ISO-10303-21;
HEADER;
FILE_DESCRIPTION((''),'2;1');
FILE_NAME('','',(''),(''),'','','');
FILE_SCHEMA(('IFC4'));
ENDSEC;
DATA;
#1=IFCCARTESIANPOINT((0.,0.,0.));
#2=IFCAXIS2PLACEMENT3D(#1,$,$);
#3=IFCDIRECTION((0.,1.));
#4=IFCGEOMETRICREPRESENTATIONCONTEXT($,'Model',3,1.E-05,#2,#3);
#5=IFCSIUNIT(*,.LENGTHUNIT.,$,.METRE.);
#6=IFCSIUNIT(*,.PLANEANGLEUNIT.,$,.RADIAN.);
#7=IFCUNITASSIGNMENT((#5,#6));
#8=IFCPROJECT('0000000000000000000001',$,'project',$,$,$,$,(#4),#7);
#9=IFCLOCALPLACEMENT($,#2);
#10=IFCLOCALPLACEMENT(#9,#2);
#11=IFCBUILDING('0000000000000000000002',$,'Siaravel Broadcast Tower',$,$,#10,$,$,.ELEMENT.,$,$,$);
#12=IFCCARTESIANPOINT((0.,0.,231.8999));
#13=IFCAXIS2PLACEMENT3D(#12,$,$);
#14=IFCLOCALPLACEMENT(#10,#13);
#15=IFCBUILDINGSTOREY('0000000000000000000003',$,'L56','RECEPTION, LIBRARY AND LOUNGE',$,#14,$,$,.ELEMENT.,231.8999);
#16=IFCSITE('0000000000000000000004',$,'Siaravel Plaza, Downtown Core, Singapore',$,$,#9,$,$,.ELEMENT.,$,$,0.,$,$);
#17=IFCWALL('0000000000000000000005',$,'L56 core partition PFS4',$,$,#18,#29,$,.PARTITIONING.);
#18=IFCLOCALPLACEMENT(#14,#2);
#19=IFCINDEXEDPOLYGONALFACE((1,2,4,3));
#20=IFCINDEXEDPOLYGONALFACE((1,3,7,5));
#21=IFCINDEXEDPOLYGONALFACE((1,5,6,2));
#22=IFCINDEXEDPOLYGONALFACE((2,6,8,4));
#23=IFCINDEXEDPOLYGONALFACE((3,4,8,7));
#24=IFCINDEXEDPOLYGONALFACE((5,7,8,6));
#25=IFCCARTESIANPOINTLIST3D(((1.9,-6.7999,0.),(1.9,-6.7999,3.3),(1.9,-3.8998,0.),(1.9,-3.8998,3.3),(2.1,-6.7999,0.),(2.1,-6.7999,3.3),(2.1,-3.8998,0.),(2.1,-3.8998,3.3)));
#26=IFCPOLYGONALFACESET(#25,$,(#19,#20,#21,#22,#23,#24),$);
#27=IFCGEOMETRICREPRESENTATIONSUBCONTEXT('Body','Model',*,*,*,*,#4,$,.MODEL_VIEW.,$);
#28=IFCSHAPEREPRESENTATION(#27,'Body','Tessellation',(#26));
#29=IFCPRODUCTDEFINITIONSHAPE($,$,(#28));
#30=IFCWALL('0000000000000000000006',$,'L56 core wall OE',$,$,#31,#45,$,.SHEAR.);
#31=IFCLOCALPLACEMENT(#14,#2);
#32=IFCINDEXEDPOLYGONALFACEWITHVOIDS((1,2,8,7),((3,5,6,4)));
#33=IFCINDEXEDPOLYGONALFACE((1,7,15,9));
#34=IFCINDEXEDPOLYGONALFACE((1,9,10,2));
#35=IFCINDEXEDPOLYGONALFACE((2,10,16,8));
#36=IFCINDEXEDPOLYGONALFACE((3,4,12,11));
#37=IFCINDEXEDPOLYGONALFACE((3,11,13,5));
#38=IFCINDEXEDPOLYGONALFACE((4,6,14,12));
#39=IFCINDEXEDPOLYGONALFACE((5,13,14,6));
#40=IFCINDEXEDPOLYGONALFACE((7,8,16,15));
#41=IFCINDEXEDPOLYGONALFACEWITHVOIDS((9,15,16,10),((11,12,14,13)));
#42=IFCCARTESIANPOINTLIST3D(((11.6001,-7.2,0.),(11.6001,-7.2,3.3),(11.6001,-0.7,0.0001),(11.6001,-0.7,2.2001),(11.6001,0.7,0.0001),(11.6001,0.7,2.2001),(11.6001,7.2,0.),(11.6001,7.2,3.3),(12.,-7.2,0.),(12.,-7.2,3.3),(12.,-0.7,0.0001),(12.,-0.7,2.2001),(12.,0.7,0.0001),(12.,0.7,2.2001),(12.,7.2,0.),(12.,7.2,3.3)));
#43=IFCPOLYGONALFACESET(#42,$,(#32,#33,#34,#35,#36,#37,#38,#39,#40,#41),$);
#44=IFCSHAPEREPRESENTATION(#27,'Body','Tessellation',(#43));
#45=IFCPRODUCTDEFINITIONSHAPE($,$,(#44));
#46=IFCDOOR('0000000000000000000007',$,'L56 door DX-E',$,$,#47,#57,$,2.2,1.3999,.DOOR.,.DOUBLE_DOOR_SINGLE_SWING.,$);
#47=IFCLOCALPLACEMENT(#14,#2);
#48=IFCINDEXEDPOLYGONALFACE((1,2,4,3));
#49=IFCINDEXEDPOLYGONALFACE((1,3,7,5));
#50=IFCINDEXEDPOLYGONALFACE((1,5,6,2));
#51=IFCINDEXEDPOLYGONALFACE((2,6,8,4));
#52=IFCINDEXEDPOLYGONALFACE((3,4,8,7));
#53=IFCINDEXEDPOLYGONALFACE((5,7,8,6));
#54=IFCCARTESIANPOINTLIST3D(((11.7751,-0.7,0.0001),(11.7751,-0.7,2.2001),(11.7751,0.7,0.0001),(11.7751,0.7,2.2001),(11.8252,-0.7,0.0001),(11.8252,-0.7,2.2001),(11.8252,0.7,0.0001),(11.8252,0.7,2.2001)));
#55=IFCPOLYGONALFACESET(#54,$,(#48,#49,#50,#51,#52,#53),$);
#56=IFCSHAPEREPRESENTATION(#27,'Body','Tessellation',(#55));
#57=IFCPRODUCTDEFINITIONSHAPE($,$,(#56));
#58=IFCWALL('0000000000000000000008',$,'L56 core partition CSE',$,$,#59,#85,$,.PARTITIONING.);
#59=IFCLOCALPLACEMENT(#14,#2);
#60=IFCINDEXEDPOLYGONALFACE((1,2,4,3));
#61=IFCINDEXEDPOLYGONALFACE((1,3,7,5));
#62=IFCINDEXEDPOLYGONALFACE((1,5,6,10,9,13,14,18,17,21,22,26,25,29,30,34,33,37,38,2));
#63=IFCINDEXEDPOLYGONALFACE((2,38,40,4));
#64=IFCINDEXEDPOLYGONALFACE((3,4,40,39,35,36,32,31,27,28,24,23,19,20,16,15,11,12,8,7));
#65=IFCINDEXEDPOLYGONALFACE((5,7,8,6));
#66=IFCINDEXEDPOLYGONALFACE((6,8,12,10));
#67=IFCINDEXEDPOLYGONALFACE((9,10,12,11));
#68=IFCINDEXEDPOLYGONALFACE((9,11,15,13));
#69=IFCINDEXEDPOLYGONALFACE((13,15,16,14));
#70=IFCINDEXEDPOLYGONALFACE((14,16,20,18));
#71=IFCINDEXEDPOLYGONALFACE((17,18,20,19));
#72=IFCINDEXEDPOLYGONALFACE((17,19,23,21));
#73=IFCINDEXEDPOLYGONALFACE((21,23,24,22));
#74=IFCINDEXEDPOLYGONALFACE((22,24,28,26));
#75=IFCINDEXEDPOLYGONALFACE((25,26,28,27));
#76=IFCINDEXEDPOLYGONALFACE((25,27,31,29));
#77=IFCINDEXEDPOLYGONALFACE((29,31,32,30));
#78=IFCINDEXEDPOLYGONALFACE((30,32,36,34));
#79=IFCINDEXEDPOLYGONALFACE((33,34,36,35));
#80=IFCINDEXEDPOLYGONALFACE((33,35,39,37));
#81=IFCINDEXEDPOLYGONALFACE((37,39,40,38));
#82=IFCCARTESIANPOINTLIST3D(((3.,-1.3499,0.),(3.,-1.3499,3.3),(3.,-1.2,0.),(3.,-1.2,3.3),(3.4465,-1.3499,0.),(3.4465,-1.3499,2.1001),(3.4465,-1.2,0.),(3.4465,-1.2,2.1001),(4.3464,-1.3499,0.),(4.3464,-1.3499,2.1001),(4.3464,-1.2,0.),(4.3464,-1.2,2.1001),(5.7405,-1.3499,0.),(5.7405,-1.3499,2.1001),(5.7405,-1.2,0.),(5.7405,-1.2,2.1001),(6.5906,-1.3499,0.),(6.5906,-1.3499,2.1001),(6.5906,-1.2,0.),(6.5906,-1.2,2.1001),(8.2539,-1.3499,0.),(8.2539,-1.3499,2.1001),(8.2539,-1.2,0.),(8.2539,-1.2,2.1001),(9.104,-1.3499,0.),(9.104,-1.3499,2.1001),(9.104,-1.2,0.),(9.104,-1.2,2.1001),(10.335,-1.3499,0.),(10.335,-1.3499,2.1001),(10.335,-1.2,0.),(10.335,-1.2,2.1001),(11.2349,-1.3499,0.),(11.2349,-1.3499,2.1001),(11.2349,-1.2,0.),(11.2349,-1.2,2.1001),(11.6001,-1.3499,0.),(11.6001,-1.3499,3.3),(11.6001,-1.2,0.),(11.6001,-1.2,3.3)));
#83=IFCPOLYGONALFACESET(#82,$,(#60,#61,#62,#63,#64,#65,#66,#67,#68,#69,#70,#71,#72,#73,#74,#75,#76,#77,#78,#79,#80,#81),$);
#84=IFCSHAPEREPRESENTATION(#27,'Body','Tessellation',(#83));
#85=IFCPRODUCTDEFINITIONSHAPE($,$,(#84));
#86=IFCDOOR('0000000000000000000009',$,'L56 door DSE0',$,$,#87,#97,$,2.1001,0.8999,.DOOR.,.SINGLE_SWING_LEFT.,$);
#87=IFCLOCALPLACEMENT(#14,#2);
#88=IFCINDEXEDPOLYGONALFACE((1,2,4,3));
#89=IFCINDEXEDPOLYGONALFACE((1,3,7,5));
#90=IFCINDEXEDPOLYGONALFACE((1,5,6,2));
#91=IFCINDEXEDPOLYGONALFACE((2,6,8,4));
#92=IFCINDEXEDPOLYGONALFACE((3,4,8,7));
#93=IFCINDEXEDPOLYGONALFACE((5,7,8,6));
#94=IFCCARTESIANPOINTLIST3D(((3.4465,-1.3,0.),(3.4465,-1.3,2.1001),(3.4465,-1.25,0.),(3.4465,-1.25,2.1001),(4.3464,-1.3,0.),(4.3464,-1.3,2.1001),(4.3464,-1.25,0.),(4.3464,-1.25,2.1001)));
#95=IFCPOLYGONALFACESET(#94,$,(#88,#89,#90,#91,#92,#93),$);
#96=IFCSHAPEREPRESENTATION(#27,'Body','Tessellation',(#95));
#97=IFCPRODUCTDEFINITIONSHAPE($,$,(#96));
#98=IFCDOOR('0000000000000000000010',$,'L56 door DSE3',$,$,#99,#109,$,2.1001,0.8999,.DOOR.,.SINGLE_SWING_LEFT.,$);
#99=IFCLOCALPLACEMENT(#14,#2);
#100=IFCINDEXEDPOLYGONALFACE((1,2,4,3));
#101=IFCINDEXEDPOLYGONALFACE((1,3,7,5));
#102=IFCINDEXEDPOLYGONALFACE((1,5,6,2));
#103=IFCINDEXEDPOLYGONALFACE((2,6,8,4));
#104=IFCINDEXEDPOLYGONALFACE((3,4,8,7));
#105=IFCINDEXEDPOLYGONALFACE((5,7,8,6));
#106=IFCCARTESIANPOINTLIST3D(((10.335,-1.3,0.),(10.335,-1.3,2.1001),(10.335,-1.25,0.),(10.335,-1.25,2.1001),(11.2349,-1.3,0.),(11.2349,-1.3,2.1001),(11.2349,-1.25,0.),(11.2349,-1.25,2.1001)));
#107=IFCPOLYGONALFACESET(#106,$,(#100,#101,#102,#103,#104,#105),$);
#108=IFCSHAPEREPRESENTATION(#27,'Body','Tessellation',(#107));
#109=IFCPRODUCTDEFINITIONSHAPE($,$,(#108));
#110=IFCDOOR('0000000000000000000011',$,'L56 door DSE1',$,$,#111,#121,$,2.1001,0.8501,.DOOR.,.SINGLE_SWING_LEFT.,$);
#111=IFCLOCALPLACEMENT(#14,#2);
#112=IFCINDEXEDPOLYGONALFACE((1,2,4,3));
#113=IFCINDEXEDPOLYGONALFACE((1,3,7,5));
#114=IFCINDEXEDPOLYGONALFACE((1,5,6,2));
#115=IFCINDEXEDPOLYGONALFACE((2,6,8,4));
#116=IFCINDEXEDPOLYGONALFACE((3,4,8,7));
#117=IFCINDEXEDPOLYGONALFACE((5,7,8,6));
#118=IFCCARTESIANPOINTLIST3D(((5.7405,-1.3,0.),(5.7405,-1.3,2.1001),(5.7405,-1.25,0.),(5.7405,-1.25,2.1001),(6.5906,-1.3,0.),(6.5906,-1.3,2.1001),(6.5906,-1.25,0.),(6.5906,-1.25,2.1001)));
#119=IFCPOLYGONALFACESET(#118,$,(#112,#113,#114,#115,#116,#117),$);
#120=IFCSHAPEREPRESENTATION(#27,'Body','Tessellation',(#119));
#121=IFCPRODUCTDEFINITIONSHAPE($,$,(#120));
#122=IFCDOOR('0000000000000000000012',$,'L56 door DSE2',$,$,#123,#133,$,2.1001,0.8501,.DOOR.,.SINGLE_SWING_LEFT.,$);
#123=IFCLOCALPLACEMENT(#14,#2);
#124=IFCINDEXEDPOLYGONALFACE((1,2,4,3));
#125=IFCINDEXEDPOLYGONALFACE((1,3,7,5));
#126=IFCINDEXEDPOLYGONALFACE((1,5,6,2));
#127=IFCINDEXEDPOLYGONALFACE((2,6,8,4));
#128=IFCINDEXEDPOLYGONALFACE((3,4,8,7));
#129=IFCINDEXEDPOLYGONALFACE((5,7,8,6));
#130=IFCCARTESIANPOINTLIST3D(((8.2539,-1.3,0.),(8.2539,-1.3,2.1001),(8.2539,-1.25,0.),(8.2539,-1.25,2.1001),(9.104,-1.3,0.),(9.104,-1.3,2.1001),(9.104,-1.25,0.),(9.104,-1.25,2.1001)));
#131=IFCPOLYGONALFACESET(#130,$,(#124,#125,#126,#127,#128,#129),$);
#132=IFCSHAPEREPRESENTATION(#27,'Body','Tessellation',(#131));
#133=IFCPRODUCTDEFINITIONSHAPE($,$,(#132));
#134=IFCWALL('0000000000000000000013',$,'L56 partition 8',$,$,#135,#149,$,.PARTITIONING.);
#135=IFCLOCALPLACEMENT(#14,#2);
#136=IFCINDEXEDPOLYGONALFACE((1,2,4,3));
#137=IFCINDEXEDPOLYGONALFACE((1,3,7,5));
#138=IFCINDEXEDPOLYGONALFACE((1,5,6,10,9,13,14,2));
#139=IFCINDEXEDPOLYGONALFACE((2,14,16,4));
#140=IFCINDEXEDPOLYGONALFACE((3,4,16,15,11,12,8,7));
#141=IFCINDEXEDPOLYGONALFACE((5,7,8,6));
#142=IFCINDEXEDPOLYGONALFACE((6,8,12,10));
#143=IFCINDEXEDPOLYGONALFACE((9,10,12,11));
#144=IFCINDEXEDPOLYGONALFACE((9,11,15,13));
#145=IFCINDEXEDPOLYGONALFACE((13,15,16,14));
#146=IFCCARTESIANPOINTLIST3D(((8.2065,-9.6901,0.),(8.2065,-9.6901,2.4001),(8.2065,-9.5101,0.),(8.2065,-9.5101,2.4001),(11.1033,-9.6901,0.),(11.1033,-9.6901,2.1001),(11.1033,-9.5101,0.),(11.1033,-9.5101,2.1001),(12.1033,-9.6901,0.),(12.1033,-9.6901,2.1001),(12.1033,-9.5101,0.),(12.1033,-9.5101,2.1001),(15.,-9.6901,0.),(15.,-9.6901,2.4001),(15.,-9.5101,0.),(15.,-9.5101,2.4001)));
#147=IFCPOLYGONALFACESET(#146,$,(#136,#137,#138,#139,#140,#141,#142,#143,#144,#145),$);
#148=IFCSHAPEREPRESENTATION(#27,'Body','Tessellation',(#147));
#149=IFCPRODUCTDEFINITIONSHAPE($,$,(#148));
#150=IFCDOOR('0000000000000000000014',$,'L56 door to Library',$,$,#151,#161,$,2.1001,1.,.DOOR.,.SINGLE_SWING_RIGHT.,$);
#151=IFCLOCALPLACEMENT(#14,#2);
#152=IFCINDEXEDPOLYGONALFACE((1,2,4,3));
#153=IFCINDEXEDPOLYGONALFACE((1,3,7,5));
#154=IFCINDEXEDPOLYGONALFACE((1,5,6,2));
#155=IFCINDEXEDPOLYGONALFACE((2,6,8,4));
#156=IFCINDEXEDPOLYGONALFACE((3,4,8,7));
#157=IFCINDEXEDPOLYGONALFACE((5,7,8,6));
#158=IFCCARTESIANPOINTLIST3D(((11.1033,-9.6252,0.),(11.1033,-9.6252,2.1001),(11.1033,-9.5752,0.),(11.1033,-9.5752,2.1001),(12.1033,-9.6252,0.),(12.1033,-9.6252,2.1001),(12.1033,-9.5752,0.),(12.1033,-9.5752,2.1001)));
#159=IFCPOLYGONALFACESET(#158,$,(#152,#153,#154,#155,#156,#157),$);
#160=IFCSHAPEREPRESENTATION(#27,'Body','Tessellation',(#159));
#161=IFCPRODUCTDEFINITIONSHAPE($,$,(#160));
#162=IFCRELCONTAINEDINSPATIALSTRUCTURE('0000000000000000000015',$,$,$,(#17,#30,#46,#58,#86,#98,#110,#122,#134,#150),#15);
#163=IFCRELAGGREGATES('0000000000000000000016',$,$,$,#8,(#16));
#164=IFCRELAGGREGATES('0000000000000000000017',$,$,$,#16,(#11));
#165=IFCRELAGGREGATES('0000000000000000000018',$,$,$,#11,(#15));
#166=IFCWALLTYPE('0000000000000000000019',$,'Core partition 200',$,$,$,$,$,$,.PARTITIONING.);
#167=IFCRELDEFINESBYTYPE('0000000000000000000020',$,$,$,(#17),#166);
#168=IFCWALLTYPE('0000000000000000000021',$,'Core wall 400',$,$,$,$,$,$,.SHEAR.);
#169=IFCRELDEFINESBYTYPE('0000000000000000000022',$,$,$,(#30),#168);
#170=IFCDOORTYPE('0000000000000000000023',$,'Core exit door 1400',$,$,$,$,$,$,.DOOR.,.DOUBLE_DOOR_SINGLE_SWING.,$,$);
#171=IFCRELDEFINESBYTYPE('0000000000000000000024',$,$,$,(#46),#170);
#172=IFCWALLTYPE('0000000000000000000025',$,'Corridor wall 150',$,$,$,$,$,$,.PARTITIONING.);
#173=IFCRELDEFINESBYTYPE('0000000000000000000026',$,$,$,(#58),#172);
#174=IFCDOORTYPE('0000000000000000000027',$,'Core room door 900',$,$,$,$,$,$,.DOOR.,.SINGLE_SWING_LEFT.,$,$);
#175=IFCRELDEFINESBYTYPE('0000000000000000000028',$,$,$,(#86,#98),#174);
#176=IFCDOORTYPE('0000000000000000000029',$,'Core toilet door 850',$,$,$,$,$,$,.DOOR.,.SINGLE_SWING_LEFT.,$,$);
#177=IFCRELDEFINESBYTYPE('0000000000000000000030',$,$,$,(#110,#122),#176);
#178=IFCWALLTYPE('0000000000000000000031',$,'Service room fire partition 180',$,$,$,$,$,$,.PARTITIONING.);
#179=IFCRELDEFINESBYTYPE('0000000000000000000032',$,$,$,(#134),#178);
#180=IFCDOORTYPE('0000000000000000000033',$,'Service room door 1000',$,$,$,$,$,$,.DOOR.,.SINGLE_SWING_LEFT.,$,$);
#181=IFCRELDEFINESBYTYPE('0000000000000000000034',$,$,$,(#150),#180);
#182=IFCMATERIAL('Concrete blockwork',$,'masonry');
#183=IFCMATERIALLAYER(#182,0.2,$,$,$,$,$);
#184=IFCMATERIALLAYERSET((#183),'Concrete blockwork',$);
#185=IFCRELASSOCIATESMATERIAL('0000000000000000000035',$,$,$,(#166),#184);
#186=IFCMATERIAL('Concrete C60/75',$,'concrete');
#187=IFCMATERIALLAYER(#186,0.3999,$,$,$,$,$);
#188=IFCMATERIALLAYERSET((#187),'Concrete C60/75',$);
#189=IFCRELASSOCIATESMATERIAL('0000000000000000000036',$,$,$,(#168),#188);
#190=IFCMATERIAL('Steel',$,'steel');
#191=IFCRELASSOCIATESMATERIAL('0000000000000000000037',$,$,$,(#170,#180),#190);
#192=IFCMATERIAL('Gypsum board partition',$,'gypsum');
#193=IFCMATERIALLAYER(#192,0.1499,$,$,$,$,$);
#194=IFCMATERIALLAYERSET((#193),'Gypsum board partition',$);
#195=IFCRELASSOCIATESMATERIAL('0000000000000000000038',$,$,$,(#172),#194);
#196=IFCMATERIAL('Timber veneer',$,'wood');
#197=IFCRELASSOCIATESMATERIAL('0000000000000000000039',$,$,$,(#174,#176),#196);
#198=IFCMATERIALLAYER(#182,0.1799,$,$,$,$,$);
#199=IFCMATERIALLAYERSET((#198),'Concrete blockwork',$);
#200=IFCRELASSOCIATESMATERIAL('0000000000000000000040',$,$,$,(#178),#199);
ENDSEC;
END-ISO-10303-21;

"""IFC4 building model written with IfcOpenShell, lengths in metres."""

from ifc_helpers import new_model, si_unit, direction, frame, frame_2d, origin, place, context, subcontext, project, spatial, rectangle, extrude, material, layer, layer_set, type_object, element, fill, save


model = new_model("IFC4")

# Units and contexts
model_context = context("Model", 3, precision=1e-05, world=origin(), true_north=direction((0.0, 1.0)))
body_context = subcontext(model_context, "Body", "Model", "MODEL_VIEW")
ifc_project = project(units=[si_unit("LENGTHUNIT", "METRE"), si_unit("PLANEANGLEUNIT", "RADIAN")], contexts=[model_context])

# Site, building, storey
site_placement = place(None, origin())
site = spatial("IfcSite", under=ifc_project, at=site_placement, Name="Siaravel Plaza, Downtown Core, Singapore", CompositionType="ELEMENT", RefElevation=0.0)
building_placement = place(site_placement, origin())
building = spatial("IfcBuilding", under=site, at=building_placement, Name="Siaravel Broadcast Tower", CompositionType="ELEMENT")
storey_placement = place(building_placement, frame((0.0, 0.0, 231.8999)))
storey = spatial("IfcBuildingStorey", under=building, at=storey_placement, Name="L56", Description="RECEPTION, LIBRARY AND LOUNGE", CompositionType="ELEMENT", Elevation=231.8999)

# Wall
ifc_material_1 = material(Name="Concrete blockwork", Category="masonry")
ifc_layer_1 = layer(ifc_material_1, 0.2)
ifc_layer_set_1 = layer_set([ifc_layer_1], Name="Concrete blockwork")
wall_type_1 = type_object("IfcWallType", Name="Core partition 200", PredefinedType="PARTITIONING", material=ifc_layer_set_1)
wall_1_placement = place(storey_placement, frame((2.0, -6.8, 0.0), z_axis=(0.0, 0.0, 1.0), x_axis=(0.0, 1.0, 0.0)))
element("IfcWall", 1, at=wall_1_placement, inside=storey, type_object=wall_type_1, Name="L56 core partition PFS4", PredefinedType="PARTITIONING", context=body_context, shape_type="SweptSolid", body=[
    extrude(rectangle(XDim=2.9001, YDim=0.2, at=frame_2d((1.4502, 0.0))), origin(), (0.0, 0.0, 1.0), 3.3),
])

# Wall, opening, door
ifc_material_2 = material(Name="Concrete C60/75", Category="concrete")
ifc_layer_2 = layer(ifc_material_2, 0.3999)
ifc_layer_set_2 = layer_set([ifc_layer_2], Name="Concrete C60/75")
wall_type_2 = type_object("IfcWallType", Name="Core wall 400", PredefinedType="SHEAR", material=ifc_layer_set_2)
wall_2_placement = place(storey_placement, frame((11.8, -7.2, 0.0), z_axis=(0.0, 0.0, 1.0), x_axis=(0.0, 1.0, 0.0)))
wall_2 = element("IfcWall", 2, at=wall_2_placement, inside=storey, type_object=wall_type_2, Name="L56 core wall OE", PredefinedType="SHEAR", context=body_context, shape_type="SweptSolid", body=[
    extrude(rectangle(XDim=14.3999, YDim=0.3999, at=frame_2d((7.2, 0.0))), origin(), (0.0, 0.0, 1.0), 3.3),
])
opening_1_placement = place(wall_2_placement, frame((6.5, 0.0, 0.0)))
opening_1 = element("IfcOpeningElement", 3, at=opening_1_placement, cuts=wall_2, PredefinedType="OPENING", context=body_context, shape_type="SweptSolid", body=[
    extrude(rectangle(XDim=1.3999, YDim=2.2, at=frame_2d((0.7, 1.1001))), frame((0.0, 0.21, 0.0), z_axis=(0.0, -1.0, 0.0), x_axis=(1.0, 0.0, 0.0)), (0.0, 0.0, 1.0), 0.4199),
])
ifc_material_3 = material(Name="Steel", Category="steel")
door_type_1 = type_object("IfcDoorType", Name="Core exit door 1400", OperationType="DOUBLE_DOOR_SINGLE_SWING", PredefinedType="DOOR", material=ifc_material_3)
door_1_placement = place(opening_1_placement, origin())
door_1 = element("IfcDoor", 4, at=door_1_placement, inside=storey, type_object=door_type_1, Name="L56 door DX-E", OperationType="DOUBLE_DOOR_SINGLE_SWING", OverallHeight=2.2, OverallWidth=1.3999, PredefinedType="DOOR", context=body_context, shape_type="SweptSolid", body=[
    extrude(rectangle(XDim=1.3999, YDim=2.2, at=frame_2d((0.7, 1.1001))), frame((0.0, 0.0249, 0.0), z_axis=(0.0, -1.0, 0.0), x_axis=(1.0, 0.0, 0.0)), (0.0, 0.0, 1.0), 0.05),
])
fill(opening_1, door_1)

# Wall, openings, doors
ifc_material_4 = material(Name="Gypsum board partition", Category="gypsum")
ifc_layer_3 = layer(ifc_material_4, 0.1499)
ifc_layer_set_3 = layer_set([ifc_layer_3], Name="Gypsum board partition")
wall_type_3 = type_object("IfcWallType", Name="Corridor wall 150", PredefinedType="PARTITIONING", material=ifc_layer_set_3)
wall_3_placement = place(storey_placement, frame((3.0, -1.2749, 0.0), z_axis=(0.0, 0.0, 1.0), x_axis=(1.0, 0.0, 0.0)))
wall_3 = element("IfcWall", 5, at=wall_3_placement, inside=storey, type_object=wall_type_3, Name="L56 core partition CSE", PredefinedType="PARTITIONING", context=body_context, shape_type="SweptSolid", body=[
    extrude(rectangle(XDim=8.6001, YDim=0.1499, at=frame_2d((4.3, 0.0))), origin(), (0.0, 0.0, 1.0), 3.3),
])
opening_2_placement = place(wall_3_placement, frame((0.4465, 0.0, 0.0)))
opening_2 = element("IfcOpeningElement", 6, at=opening_2_placement, cuts=wall_3, PredefinedType="OPENING", context=body_context, shape_type="SweptSolid", body=[
    extrude(rectangle(XDim=0.8999, YDim=2.1001, at=frame_2d((0.45, 1.05))), frame((0.0, 0.085, 0.0), z_axis=(0.0, -1.0, 0.0), x_axis=(1.0, 0.0, 0.0)), (0.0, 0.0, 1.0), 0.1699),
])
opening_3_placement = place(wall_3_placement, frame((2.7405, 0.0, 0.0)))
opening_3 = element("IfcOpeningElement", 7, at=opening_3_placement, cuts=wall_3, PredefinedType="OPENING", context=body_context, shape_type="SweptSolid", body=[
    extrude(rectangle(XDim=0.8501, YDim=2.1001, at=frame_2d((0.425, 1.05))), frame((0.0, 0.085, 0.0), z_axis=(0.0, -1.0, 0.0), x_axis=(1.0, 0.0, 0.0)), (0.0, 0.0, 1.0), 0.1699),
])
opening_4_placement = place(wall_3_placement, frame((5.2539, 0.0, 0.0)))
opening_4 = element("IfcOpeningElement", 8, at=opening_4_placement, cuts=wall_3, PredefinedType="OPENING", context=body_context, shape_type="SweptSolid", body=[
    extrude(rectangle(XDim=0.8501, YDim=2.1001, at=frame_2d((0.425, 1.05))), frame((0.0, 0.085, 0.0), z_axis=(0.0, -1.0, 0.0), x_axis=(1.0, 0.0, 0.0)), (0.0, 0.0, 1.0), 0.1699),
])
opening_5_placement = place(wall_3_placement, frame((7.335, 0.0, 0.0)))
opening_5 = element("IfcOpeningElement", 9, at=opening_5_placement, cuts=wall_3, PredefinedType="OPENING", context=body_context, shape_type="SweptSolid", body=[
    extrude(rectangle(XDim=0.8999, YDim=2.1001, at=frame_2d((0.45, 1.05))), frame((0.0, 0.085, 0.0), z_axis=(0.0, -1.0, 0.0), x_axis=(1.0, 0.0, 0.0)), (0.0, 0.0, 1.0), 0.1699),
])
ifc_material_5 = material(Name="Timber veneer", Category="wood")
door_type_2 = type_object("IfcDoorType", Name="Core room door 900", OperationType="SINGLE_SWING_LEFT", PredefinedType="DOOR", material=ifc_material_5)
door_2_placement = place(opening_2_placement, origin())
door_2 = element("IfcDoor", 10, at=door_2_placement, inside=storey, type_object=door_type_2, Name="L56 door DSE0", OperationType="SINGLE_SWING_LEFT", OverallHeight=2.1001, OverallWidth=0.8999, PredefinedType="DOOR", context=body_context, shape_type="SweptSolid", body=[
    extrude(rectangle(XDim=0.8999, YDim=2.1001, at=frame_2d((0.45, 1.05))), frame((0.0, 0.0249, 0.0), z_axis=(0.0, -1.0, 0.0), x_axis=(1.0, 0.0, 0.0)), (0.0, 0.0, 1.0), 0.05),
])
fill(opening_2, door_2)
door_3_placement = place(opening_5_placement, origin())
door_3 = element("IfcDoor", 11, at=door_3_placement, inside=storey, type_object=door_type_2, Name="L56 door DSE3", OperationType="SINGLE_SWING_LEFT", OverallHeight=2.1001, OverallWidth=0.8999, PredefinedType="DOOR", context=body_context, shape_type="SweptSolid", body=[
    extrude(rectangle(XDim=0.8999, YDim=2.1001, at=frame_2d((0.45, 1.05))), frame((0.0, 0.0249, 0.0), z_axis=(0.0, -1.0, 0.0), x_axis=(1.0, 0.0, 0.0)), (0.0, 0.0, 1.0), 0.05),
])
fill(opening_5, door_3)
door_type_3 = type_object("IfcDoorType", Name="Core toilet door 850", OperationType="SINGLE_SWING_LEFT", PredefinedType="DOOR", material=ifc_material_5)
door_4_placement = place(opening_3_placement, origin())
door_4 = element("IfcDoor", 12, at=door_4_placement, inside=storey, type_object=door_type_3, Name="L56 door DSE1", OperationType="SINGLE_SWING_LEFT", OverallHeight=2.1001, OverallWidth=0.8501, PredefinedType="DOOR", context=body_context, shape_type="SweptSolid", body=[
    extrude(rectangle(XDim=0.8501, YDim=2.1001, at=frame_2d((0.425, 1.05))), frame((0.0, 0.0249, 0.0), z_axis=(0.0, -1.0, 0.0), x_axis=(1.0, 0.0, 0.0)), (0.0, 0.0, 1.0), 0.05),
])
fill(opening_3, door_4)
door_5_placement = place(opening_4_placement, origin())
door_5 = element("IfcDoor", 13, at=door_5_placement, inside=storey, type_object=door_type_3, Name="L56 door DSE2", OperationType="SINGLE_SWING_LEFT", OverallHeight=2.1001, OverallWidth=0.8501, PredefinedType="DOOR", context=body_context, shape_type="SweptSolid", body=[
    extrude(rectangle(XDim=0.8501, YDim=2.1001, at=frame_2d((0.425, 1.05))), frame((0.0, 0.0249, 0.0), z_axis=(0.0, -1.0, 0.0), x_axis=(1.0, 0.0, 0.0)), (0.0, 0.0, 1.0), 0.05),
])
fill(opening_4, door_5)

# Wall, opening, door
ifc_layer_4 = layer(ifc_material_1, 0.1799)
ifc_layer_set_4 = layer_set([ifc_layer_4], Name="Concrete blockwork")
wall_type_4 = type_object("IfcWallType", Name="Service room fire partition 180", PredefinedType="PARTITIONING", material=ifc_layer_set_4)
wall_4_placement = place(storey_placement, frame((8.2065, -9.6001, 0.0), z_axis=(0.0, 0.0, 1.0), x_axis=(1.0, 0.0, 0.0)))
wall_4 = element("IfcWall", 14, at=wall_4_placement, inside=storey, type_object=wall_type_4, Name="L56 partition 8", PredefinedType="PARTITIONING", context=body_context, shape_type="SweptSolid", body=[
    extrude(rectangle(XDim=6.7935, YDim=0.1799, at=frame_2d((3.3967, 0.0))), origin(), (0.0, 0.0, 1.0), 2.4001),
])
opening_6_placement = place(wall_4_placement, frame((2.8967, 0.0, 0.0)))
opening_6 = element("IfcOpeningElement", 15, at=opening_6_placement, cuts=wall_4, PredefinedType="OPENING", context=body_context, shape_type="SweptSolid", body=[
    extrude(rectangle(XDim=1.0, YDim=2.1001, at=frame_2d((0.5, 1.05))), frame((0.0, 0.0999, 0.0), z_axis=(0.0, -1.0, 0.0), x_axis=(1.0, 0.0, 0.0)), (0.0, 0.0, 1.0), 0.2),
])
door_type_4 = type_object("IfcDoorType", Name="Service room door 1000", OperationType="SINGLE_SWING_LEFT", PredefinedType="DOOR", material=ifc_material_3)
door_6_placement = place(opening_6_placement, origin())
door_6 = element("IfcDoor", 16, at=door_6_placement, inside=storey, type_object=door_type_4, Name="L56 door to Library", OperationType="SINGLE_SWING_RIGHT", OverallHeight=2.1001, OverallWidth=1.0, PredefinedType="DOOR", context=body_context, shape_type="SweptSolid", body=[
    extrude(rectangle(XDim=1.0, YDim=2.1001, at=frame_2d((0.5, 1.05))), frame((0.0, 0.0249, 0.0), z_axis=(0.0, -1.0, 0.0), x_axis=(1.0, 0.0, 0.0)), (0.0, 0.0, 1.0), 0.05),
])
fill(opening_6, door_6)

save(model, "model.ifc")
